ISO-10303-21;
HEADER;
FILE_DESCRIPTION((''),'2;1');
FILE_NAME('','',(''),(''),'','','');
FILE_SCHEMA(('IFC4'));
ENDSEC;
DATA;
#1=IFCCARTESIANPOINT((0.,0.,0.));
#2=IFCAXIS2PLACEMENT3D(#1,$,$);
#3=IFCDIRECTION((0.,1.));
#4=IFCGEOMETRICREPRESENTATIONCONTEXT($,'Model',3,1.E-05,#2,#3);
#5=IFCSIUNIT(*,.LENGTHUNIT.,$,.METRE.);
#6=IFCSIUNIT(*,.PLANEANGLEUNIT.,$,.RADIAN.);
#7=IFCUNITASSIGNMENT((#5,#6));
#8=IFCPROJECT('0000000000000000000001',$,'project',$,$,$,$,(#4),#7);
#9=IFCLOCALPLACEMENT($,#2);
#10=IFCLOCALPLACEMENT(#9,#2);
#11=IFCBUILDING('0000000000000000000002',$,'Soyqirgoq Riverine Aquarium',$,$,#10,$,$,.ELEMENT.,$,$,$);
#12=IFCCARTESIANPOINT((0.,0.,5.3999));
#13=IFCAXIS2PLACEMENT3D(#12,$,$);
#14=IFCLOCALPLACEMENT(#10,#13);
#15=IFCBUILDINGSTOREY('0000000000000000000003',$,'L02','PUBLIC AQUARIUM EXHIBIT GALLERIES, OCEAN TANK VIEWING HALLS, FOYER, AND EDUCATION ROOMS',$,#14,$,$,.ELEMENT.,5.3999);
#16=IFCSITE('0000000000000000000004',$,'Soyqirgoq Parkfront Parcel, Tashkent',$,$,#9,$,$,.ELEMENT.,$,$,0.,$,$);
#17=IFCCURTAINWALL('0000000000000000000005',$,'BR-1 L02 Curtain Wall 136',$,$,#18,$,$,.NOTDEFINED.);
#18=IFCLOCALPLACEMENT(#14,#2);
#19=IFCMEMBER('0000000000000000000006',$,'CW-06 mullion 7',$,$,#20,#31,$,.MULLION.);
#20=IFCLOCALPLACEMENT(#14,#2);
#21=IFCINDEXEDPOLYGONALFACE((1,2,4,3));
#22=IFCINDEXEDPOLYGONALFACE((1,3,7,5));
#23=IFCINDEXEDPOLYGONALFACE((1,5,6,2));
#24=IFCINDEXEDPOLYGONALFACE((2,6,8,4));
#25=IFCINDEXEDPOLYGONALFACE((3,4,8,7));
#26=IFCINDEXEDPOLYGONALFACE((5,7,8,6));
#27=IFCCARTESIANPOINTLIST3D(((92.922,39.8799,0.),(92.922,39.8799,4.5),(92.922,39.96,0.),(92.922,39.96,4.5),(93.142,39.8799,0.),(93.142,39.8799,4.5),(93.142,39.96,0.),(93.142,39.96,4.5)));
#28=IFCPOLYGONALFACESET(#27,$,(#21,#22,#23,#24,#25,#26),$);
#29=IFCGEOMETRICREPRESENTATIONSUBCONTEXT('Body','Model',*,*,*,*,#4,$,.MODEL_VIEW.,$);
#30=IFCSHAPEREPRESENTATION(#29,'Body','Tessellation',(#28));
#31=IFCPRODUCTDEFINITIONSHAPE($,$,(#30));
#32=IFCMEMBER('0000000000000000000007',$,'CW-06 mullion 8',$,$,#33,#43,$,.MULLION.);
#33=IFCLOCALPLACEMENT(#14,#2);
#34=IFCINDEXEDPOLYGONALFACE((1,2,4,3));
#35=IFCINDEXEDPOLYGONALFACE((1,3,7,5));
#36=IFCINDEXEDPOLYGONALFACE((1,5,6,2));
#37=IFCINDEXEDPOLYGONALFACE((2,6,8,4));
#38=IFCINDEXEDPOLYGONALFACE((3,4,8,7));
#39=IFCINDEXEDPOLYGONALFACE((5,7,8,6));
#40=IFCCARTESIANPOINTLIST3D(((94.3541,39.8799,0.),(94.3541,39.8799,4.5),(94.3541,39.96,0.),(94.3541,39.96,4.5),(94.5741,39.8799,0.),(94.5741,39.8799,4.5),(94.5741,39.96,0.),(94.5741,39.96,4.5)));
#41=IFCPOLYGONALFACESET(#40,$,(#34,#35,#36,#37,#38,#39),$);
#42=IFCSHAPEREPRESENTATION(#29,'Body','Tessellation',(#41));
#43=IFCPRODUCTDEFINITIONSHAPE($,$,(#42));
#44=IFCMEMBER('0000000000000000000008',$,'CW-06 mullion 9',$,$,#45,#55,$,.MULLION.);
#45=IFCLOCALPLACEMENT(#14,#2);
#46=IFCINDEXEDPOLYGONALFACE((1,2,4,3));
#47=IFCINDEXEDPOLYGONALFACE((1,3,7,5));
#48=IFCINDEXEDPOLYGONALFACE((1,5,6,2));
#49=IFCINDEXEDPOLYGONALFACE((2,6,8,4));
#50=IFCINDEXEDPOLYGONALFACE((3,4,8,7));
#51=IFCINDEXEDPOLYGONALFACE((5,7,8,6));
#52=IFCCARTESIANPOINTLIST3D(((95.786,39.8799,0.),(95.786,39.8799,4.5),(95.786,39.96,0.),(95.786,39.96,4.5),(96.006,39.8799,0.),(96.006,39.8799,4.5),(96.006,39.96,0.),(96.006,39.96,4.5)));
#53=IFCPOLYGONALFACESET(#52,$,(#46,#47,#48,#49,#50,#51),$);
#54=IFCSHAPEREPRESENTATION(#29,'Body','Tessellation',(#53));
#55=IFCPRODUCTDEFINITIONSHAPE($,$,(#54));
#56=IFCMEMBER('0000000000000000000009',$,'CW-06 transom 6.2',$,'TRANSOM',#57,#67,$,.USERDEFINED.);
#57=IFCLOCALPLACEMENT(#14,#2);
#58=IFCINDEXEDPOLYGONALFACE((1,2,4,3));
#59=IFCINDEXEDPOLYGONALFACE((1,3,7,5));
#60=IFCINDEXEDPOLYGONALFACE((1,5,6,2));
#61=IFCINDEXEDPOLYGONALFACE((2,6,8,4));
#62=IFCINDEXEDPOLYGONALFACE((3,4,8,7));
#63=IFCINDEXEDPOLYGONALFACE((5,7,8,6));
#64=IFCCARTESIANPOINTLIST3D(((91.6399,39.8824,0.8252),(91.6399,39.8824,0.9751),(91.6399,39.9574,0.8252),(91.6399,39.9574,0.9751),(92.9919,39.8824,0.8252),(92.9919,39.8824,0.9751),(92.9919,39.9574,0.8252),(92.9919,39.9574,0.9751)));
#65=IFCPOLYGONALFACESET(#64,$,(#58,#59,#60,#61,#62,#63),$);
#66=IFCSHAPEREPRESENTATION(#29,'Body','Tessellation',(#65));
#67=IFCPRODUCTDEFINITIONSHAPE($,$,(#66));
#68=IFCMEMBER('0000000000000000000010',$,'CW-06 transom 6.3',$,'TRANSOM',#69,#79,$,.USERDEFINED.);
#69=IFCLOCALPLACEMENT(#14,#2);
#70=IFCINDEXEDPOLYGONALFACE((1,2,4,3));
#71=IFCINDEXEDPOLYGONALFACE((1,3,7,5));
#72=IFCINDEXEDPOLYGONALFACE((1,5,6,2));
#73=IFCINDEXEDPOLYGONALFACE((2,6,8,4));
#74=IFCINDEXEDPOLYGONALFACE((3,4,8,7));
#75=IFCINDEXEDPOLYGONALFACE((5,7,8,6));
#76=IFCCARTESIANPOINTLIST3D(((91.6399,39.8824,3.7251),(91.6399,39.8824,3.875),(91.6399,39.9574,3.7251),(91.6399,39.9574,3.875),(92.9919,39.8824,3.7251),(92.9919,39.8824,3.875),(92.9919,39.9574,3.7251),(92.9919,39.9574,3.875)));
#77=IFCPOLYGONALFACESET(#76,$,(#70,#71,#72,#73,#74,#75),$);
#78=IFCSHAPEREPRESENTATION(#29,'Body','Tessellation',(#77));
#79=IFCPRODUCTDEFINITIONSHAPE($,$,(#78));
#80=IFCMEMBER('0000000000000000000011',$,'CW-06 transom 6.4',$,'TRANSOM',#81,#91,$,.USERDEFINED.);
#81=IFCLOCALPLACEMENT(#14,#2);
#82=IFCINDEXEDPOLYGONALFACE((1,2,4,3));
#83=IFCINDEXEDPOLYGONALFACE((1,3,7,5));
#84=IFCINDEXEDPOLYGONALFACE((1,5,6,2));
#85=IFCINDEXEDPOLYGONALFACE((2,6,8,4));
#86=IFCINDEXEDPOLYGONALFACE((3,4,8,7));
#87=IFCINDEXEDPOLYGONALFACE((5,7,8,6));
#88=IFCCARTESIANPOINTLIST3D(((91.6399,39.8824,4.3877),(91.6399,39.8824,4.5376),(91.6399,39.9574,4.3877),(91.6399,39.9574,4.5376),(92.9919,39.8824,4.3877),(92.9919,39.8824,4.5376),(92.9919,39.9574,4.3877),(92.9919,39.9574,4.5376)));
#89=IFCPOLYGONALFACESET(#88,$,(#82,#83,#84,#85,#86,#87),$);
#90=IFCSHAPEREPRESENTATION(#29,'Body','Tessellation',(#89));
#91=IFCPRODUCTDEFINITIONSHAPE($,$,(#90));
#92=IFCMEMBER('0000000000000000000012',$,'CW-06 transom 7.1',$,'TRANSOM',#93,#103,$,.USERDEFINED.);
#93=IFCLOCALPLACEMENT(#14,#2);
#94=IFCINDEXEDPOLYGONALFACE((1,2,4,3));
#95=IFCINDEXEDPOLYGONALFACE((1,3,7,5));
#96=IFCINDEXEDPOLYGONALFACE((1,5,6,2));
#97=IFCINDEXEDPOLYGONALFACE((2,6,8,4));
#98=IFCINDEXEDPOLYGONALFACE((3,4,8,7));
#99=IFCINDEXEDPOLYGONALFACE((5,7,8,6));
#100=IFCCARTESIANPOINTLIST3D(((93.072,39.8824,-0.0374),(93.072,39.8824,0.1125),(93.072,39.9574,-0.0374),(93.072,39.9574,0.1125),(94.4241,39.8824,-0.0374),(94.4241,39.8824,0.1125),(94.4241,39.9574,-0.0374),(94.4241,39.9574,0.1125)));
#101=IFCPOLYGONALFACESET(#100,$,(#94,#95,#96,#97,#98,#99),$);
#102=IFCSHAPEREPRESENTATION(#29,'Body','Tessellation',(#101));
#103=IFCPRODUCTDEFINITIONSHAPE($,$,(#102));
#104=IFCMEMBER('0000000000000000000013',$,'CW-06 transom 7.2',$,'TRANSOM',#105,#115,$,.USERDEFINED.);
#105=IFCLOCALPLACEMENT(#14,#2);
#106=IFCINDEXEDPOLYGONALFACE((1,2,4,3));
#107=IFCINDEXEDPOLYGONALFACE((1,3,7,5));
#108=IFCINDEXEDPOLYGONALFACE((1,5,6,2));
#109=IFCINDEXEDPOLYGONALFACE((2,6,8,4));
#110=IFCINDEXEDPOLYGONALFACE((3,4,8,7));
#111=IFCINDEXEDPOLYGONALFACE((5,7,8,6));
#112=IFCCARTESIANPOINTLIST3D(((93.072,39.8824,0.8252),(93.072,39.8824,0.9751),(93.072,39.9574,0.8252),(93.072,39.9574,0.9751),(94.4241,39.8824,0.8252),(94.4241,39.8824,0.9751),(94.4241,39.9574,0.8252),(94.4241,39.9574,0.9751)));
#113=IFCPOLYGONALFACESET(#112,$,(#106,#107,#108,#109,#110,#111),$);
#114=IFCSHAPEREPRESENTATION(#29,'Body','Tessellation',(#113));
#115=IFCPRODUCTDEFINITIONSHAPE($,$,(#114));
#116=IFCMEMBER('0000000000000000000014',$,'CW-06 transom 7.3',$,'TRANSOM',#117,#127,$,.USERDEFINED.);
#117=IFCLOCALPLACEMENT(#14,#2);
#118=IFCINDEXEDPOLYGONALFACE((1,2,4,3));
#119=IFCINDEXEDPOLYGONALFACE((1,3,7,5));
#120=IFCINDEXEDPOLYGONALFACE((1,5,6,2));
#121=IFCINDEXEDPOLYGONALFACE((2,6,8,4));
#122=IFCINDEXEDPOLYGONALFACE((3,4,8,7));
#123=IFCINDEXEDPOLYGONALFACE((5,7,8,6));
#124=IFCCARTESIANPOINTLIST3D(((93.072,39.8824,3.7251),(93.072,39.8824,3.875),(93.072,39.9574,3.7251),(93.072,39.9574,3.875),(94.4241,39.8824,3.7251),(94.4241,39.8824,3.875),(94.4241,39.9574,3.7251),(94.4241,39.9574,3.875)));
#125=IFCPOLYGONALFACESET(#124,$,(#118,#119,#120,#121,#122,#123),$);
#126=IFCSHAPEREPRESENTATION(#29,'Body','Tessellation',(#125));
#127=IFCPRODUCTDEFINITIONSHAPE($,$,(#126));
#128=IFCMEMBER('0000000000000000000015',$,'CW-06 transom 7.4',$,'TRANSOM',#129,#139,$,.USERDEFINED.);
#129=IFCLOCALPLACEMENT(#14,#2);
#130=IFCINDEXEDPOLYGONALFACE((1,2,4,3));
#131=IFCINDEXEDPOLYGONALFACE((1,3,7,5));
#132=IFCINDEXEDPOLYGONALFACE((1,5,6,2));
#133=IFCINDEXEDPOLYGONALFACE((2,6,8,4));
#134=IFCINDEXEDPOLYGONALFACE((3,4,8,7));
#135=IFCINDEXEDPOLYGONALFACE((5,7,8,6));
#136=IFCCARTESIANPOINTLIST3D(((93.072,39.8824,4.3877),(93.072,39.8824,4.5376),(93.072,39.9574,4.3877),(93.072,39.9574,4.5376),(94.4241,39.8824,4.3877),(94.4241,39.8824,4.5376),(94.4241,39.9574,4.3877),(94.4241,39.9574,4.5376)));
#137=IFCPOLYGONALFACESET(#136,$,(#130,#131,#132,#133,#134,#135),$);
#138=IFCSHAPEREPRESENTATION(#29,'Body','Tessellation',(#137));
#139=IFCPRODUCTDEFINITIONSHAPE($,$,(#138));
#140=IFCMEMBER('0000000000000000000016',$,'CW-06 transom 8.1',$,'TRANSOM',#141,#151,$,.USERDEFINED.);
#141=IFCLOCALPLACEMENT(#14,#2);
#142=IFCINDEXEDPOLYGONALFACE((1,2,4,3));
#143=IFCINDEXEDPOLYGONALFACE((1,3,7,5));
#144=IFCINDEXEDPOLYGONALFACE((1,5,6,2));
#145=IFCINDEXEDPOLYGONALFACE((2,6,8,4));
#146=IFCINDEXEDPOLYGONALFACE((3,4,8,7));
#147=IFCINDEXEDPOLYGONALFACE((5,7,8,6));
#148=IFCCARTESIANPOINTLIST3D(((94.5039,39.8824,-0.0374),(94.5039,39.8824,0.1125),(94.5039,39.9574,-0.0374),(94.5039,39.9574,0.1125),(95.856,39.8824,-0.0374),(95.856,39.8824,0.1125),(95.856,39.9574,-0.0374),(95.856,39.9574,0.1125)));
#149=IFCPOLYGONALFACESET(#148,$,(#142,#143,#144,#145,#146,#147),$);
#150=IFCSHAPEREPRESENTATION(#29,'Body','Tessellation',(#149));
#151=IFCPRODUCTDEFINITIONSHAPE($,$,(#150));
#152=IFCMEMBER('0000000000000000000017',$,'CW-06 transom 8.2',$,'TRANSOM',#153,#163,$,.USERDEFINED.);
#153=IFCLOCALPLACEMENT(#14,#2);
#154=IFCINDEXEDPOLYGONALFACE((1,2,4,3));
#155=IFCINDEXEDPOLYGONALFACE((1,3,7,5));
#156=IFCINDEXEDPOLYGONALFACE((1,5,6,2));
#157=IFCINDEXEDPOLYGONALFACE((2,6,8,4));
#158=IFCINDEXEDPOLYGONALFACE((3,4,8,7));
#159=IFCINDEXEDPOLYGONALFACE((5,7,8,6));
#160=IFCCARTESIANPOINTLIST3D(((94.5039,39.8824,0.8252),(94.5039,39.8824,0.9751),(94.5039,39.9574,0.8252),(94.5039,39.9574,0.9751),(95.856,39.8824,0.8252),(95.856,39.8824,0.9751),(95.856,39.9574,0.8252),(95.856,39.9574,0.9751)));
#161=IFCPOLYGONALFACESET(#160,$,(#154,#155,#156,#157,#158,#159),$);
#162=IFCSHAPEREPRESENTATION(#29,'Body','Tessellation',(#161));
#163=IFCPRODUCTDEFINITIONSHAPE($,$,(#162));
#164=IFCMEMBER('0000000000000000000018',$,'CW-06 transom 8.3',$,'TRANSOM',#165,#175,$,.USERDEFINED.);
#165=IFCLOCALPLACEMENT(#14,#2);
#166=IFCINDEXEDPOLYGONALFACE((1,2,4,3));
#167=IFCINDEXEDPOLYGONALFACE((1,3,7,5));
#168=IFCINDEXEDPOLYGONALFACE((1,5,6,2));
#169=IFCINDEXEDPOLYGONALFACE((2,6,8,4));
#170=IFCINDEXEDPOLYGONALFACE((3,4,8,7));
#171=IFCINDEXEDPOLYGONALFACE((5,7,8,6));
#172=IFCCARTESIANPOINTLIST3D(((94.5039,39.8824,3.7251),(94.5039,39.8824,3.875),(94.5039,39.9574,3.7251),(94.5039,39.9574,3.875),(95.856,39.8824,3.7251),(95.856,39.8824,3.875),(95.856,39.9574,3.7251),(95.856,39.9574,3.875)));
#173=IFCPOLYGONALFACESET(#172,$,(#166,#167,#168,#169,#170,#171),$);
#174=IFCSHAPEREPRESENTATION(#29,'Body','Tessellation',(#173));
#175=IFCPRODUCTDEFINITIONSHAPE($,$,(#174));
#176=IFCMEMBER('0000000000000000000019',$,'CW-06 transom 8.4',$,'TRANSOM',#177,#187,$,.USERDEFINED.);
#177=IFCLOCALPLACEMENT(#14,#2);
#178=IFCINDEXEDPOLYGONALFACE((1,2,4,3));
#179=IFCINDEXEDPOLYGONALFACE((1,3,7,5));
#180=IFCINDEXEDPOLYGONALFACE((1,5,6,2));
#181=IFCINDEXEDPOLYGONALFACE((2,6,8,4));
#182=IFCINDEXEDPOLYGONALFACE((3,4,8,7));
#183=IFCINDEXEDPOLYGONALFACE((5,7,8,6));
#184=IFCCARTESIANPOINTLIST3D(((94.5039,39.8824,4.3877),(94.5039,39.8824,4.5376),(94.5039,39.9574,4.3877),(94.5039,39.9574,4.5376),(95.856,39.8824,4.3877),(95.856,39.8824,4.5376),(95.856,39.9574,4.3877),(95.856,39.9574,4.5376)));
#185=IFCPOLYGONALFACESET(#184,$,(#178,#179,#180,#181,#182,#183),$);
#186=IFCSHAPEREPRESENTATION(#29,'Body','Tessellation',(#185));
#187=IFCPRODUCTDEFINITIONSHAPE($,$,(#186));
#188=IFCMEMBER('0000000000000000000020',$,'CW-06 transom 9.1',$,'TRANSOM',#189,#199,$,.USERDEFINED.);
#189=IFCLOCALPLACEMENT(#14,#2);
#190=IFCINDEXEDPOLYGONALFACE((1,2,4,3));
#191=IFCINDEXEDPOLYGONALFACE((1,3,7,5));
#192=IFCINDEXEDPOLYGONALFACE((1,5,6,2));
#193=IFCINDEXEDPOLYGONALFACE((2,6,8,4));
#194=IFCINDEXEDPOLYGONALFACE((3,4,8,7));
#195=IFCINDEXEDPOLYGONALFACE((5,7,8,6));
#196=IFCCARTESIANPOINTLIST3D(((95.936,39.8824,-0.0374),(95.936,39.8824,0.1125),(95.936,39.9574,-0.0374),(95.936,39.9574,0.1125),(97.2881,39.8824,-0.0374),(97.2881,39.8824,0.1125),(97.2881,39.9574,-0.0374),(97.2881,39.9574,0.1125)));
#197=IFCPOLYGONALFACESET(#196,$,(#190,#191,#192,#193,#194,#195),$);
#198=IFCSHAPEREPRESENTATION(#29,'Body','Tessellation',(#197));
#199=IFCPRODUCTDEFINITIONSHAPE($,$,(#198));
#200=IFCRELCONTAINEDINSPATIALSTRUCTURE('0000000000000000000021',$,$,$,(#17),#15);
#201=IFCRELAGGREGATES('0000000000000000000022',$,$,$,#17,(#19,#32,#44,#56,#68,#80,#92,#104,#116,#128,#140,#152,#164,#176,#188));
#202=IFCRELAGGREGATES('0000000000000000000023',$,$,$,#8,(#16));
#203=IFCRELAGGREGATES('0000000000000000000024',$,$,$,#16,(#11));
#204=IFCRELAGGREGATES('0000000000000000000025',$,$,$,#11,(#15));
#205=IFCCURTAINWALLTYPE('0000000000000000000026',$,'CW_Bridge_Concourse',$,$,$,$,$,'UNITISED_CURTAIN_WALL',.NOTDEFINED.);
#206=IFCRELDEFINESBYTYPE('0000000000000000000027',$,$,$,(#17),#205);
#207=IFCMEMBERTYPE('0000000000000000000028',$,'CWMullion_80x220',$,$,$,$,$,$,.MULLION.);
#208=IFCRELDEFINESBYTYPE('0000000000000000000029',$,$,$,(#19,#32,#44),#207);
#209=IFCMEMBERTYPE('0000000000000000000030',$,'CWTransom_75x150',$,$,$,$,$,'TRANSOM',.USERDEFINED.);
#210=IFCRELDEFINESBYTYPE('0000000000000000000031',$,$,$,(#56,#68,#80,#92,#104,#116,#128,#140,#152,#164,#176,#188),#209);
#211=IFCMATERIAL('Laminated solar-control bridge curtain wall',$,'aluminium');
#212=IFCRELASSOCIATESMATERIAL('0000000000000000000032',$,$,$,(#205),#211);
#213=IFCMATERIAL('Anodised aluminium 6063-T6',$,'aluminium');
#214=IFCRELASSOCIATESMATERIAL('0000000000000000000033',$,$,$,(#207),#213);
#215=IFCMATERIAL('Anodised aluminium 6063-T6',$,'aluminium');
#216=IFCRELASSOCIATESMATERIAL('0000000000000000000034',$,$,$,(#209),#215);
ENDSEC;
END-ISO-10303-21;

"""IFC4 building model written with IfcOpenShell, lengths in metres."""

from ifc_helpers import new_model, si_unit, direction, frame, origin, origin_2d, place, context, subcontext, project, spatial, rectangle, extrude, material, material_profile, profile_set, type_object, element, aggregate, save


model = new_model("IFC4")

# Units and contexts
model_context = context("Model", 3, precision=1e-05, world=origin(), true_north=direction((0.0, 1.0)))
body_context = subcontext(model_context, "Body", "Model", "MODEL_VIEW")
ifc_project = project(units=[si_unit("LENGTHUNIT", "METRE"), si_unit("PLANEANGLEUNIT", "RADIAN")], contexts=[model_context])

# Site, building, storey
site_placement = place(None, origin())
site = spatial("IfcSite", under=ifc_project, at=site_placement, Name="Soyqirgoq Parkfront Parcel, Tashkent", CompositionType="ELEMENT", RefElevation=0.0)
building_placement = place(site_placement, origin())
building = spatial("IfcBuilding", under=site, at=building_placement, Name="Soyqirgoq Riverine Aquarium", CompositionType="ELEMENT")
storey_placement = place(building_placement, frame((0.0, 0.0, 5.3999)))
storey = spatial("IfcBuildingStorey", under=building, at=storey_placement, Name="L02", Description="PUBLIC AQUARIUM EXHIBIT GALLERIES, OCEAN TANK VIEWING HALLS, FOYER, AND EDUCATION ROOMS", CompositionType="ELEMENT", Elevation=5.3999)

# Curtain wall, members
ifc_material_1 = material(Name="Laminated solar-control bridge curtain wall", Category="aluminium")
curtain_wall_type = type_object("IfcCurtainWallType", Name="CW_Bridge_Concourse", ElementType="UNITISED_CURTAIN_WALL", PredefinedType="NOTDEFINED", material=ifc_material_1)
curtain_wall_placement = place(storey_placement, origin())
curtain_wall = element("IfcCurtainWall", 1, at=curtain_wall_placement, inside=storey, type_object=curtain_wall_type, Name="BR-1 L02 Curtain Wall 136", PredefinedType="NOTDEFINED")
ifc_material_2 = material(Name="Anodised aluminium 6063-T6", Category="aluminium")
ifc_material_profile_1 = material_profile(ifc_material_2, rectangle(XDim=0.0801, YDim=0.22, at=origin_2d()), Name="ALU-M 80x220")
ifc_profile_set_1 = profile_set([ifc_material_profile_1], Name="Anodised aluminium 6063-T6")
member_type_1 = type_object("IfcMemberType", Name="CWMullion_80x220", PredefinedType="MULLION", material=ifc_profile_set_1)
member_1_placement = place(storey_placement, frame((93.032, 39.9199, 0.0), z_axis=(0.0, 0.0, 1.0), x_axis=(0.0, 1.0, 0.0)))
member_1 = element("IfcMember", 2, at=member_1_placement, type_object=member_type_1, Name="CW-06 mullion 7", PredefinedType="MULLION", context=body_context, shape_type="SweptSolid", body=[
    extrude(rectangle(XDim=0.0801, YDim=0.22, at=origin_2d()), origin(), (0.0, 0.0, 1.0), 4.5),
])
member_2_placement = place(storey_placement, frame((94.4641, 39.9199, 0.0), z_axis=(0.0, 0.0, 1.0), x_axis=(0.0, 1.0, 0.0)))
member_2 = element("IfcMember", 3, at=member_2_placement, type_object=member_type_1, Name="CW-06 mullion 8", PredefinedType="MULLION", context=body_context, shape_type="SweptSolid", body=[
    extrude(rectangle(XDim=0.0801, YDim=0.22, at=origin_2d()), origin(), (0.0, 0.0, 1.0), 4.5),
])
member_3_placement = place(storey_placement, frame((95.896, 39.9199, 0.0), z_axis=(0.0, 0.0, 1.0), x_axis=(0.0, 1.0, 0.0)))
member_3 = element("IfcMember", 4, at=member_3_placement, type_object=member_type_1, Name="CW-06 mullion 9", PredefinedType="MULLION", context=body_context, shape_type="SweptSolid", body=[
    extrude(rectangle(XDim=0.0801, YDim=0.22, at=origin_2d()), origin(), (0.0, 0.0, 1.0), 4.5),
])
ifc_material_3 = material(Name="Anodised aluminium 6063-T6", Category="aluminium")
ifc_material_profile_2 = material_profile(ifc_material_3, rectangle(XDim=0.075, YDim=0.1499, at=origin_2d()), Name="ALU-T 75x150")
ifc_profile_set_2 = profile_set([ifc_material_profile_2], Name="Anodised aluminium 6063-T6")
member_type_2 = type_object("IfcMemberType", Name="CWTransom_75x150", ElementType="TRANSOM", PredefinedType="USERDEFINED", material=ifc_profile_set_2)
member_4_placement = place(storey_placement, frame((91.6399, 39.9199, 0.9001), z_axis=(1.0, 0.0, 0.0), x_axis=(0.0, 1.0, 0.0)))
member_4 = element("IfcMember", 5, at=member_4_placement, type_object=member_type_2, Name="CW-06 transom 6.2", ObjectType="TRANSOM", PredefinedType="USERDEFINED", context=body_context, shape_type="SweptSolid", body=[
    extrude(rectangle(XDim=0.075, YDim=0.1499, at=origin_2d()), origin(), (0.0, 0.0, 1.0), 1.3521),
])
member_5_placement = place(storey_placement, frame((91.6399, 39.9199, 3.8), z_axis=(1.0, 0.0, 0.0), x_axis=(0.0, 1.0, 0.0)))
member_5 = element("IfcMember", 6, at=member_5_placement, type_object=member_type_2, Name="CW-06 transom 6.3", ObjectType="TRANSOM", PredefinedType="USERDEFINED", context=body_context, shape_type="SweptSolid", body=[
    extrude(rectangle(XDim=0.075, YDim=0.1499, at=origin_2d()), origin(), (0.0, 0.0, 1.0), 1.3521),
])
member_6_placement = place(storey_placement, frame((91.6399, 39.9199, 4.4626), z_axis=(1.0, 0.0, 0.0), x_axis=(0.0, 1.0, 0.0)))
member_6 = element("IfcMember", 7, at=member_6_placement, type_object=member_type_2, Name="CW-06 transom 6.4", ObjectType="TRANSOM", PredefinedType="USERDEFINED", context=body_context, shape_type="SweptSolid", body=[
    extrude(rectangle(XDim=0.075, YDim=0.1499, at=origin_2d()), origin(), (0.0, 0.0, 1.0), 1.3521),
])
member_7_placement = place(storey_placement, frame((93.072, 39.9199, 0.0376), z_axis=(1.0, 0.0, 0.0), x_axis=(0.0, 1.0, 0.0)))
member_7 = element("IfcMember", 8, at=member_7_placement, type_object=member_type_2, Name="CW-06 transom 7.1", ObjectType="TRANSOM", PredefinedType="USERDEFINED", context=body_context, shape_type="SweptSolid", body=[
    extrude(rectangle(XDim=0.075, YDim=0.1499, at=origin_2d()), origin(), (0.0, 0.0, 1.0), 1.3521),
])
member_8_placement = place(storey_placement, frame((93.072, 39.9199, 0.9001), z_axis=(1.0, 0.0, 0.0), x_axis=(0.0, 1.0, 0.0)))
member_8 = element("IfcMember", 9, at=member_8_placement, type_object=member_type_2, Name="CW-06 transom 7.2", ObjectType="TRANSOM", PredefinedType="USERDEFINED", context=body_context, shape_type="SweptSolid", body=[
    extrude(rectangle(XDim=0.075, YDim=0.1499, at=origin_2d()), origin(), (0.0, 0.0, 1.0), 1.3521),
])
member_9_placement = place(storey_placement, frame((93.072, 39.9199, 3.8), z_axis=(1.0, 0.0, 0.0), x_axis=(0.0, 1.0, 0.0)))
member_9 = element("IfcMember", 10, at=member_9_placement, type_object=member_type_2, Name="CW-06 transom 7.3", ObjectType="TRANSOM", PredefinedType="USERDEFINED", context=body_context, shape_type="SweptSolid", body=[
    extrude(rectangle(XDim=0.075, YDim=0.1499, at=origin_2d()), origin(), (0.0, 0.0, 1.0), 1.3521),
])
member_10_placement = place(storey_placement, frame((93.072, 39.9199, 4.4626), z_axis=(1.0, 0.0, 0.0), x_axis=(0.0, 1.0, 0.0)))
member_10 = element("IfcMember", 11, at=member_10_placement, type_object=member_type_2, Name="CW-06 transom 7.4", ObjectType="TRANSOM", PredefinedType="USERDEFINED", context=body_context, shape_type="SweptSolid", body=[
    extrude(rectangle(XDim=0.075, YDim=0.1499, at=origin_2d()), origin(), (0.0, 0.0, 1.0), 1.3521),
])
member_11_placement = place(storey_placement, frame((94.5039, 39.9199, 0.0376), z_axis=(1.0, 0.0, 0.0), x_axis=(0.0, 1.0, 0.0)))
member_11 = element("IfcMember", 12, at=member_11_placement, type_object=member_type_2, Name="CW-06 transom 8.1", ObjectType="TRANSOM", PredefinedType="USERDEFINED", context=body_context, shape_type="SweptSolid", body=[
    extrude(rectangle(XDim=0.075, YDim=0.1499, at=origin_2d()), origin(), (0.0, 0.0, 1.0), 1.3521),
])
member_12_placement = place(storey_placement, frame((94.5039, 39.9199, 0.9001), z_axis=(1.0, 0.0, 0.0), x_axis=(0.0, 1.0, 0.0)))
member_12 = element("IfcMember", 13, at=member_12_placement, type_object=member_type_2, Name="CW-06 transom 8.2", ObjectType="TRANSOM", PredefinedType="USERDEFINED", context=body_context, shape_type="SweptSolid", body=[
    extrude(rectangle(XDim=0.075, YDim=0.1499, at=origin_2d()), origin(), (0.0, 0.0, 1.0), 1.3521),
])
member_13_placement = place(storey_placement, frame((94.5039, 39.9199, 3.8), z_axis=(1.0, 0.0, 0.0), x_axis=(0.0, 1.0, 0.0)))
member_13 = element("IfcMember", 14, at=member_13_placement, type_object=member_type_2, Name="CW-06 transom 8.3", ObjectType="TRANSOM", PredefinedType="USERDEFINED", context=body_context, shape_type="SweptSolid", body=[
    extrude(rectangle(XDim=0.075, YDim=0.1499, at=origin_2d()), origin(), (0.0, 0.0, 1.0), 1.3521),
])
member_14_placement = place(storey_placement, frame((94.5039, 39.9199, 4.4626), z_axis=(1.0, 0.0, 0.0), x_axis=(0.0, 1.0, 0.0)))
member_14 = element("IfcMember", 15, at=member_14_placement, type_object=member_type_2, Name="CW-06 transom 8.4", ObjectType="TRANSOM", PredefinedType="USERDEFINED", context=body_context, shape_type="SweptSolid", body=[
    extrude(rectangle(XDim=0.075, YDim=0.1499, at=origin_2d()), origin(), (0.0, 0.0, 1.0), 1.3521),
])
member_15_placement = place(storey_placement, frame((95.936, 39.9199, 0.0376), z_axis=(1.0, 0.0, 0.0), x_axis=(0.0, 1.0, 0.0)))
member_15 = element("IfcMember", 16, at=member_15_placement, type_object=member_type_2, Name="CW-06 transom 9.1", ObjectType="TRANSOM", PredefinedType="USERDEFINED", context=body_context, shape_type="SweptSolid", body=[
    extrude(rectangle(XDim=0.075, YDim=0.1499, at=origin_2d()), origin(), (0.0, 0.0, 1.0), 1.3521),
])
aggregate(curtain_wall, [member_1, member_2, member_3, member_4, member_5, member_6, member_7, member_8, member_9, member_10, member_11, member_12, member_13, member_14, member_15])

save(model, "model.ifc")
